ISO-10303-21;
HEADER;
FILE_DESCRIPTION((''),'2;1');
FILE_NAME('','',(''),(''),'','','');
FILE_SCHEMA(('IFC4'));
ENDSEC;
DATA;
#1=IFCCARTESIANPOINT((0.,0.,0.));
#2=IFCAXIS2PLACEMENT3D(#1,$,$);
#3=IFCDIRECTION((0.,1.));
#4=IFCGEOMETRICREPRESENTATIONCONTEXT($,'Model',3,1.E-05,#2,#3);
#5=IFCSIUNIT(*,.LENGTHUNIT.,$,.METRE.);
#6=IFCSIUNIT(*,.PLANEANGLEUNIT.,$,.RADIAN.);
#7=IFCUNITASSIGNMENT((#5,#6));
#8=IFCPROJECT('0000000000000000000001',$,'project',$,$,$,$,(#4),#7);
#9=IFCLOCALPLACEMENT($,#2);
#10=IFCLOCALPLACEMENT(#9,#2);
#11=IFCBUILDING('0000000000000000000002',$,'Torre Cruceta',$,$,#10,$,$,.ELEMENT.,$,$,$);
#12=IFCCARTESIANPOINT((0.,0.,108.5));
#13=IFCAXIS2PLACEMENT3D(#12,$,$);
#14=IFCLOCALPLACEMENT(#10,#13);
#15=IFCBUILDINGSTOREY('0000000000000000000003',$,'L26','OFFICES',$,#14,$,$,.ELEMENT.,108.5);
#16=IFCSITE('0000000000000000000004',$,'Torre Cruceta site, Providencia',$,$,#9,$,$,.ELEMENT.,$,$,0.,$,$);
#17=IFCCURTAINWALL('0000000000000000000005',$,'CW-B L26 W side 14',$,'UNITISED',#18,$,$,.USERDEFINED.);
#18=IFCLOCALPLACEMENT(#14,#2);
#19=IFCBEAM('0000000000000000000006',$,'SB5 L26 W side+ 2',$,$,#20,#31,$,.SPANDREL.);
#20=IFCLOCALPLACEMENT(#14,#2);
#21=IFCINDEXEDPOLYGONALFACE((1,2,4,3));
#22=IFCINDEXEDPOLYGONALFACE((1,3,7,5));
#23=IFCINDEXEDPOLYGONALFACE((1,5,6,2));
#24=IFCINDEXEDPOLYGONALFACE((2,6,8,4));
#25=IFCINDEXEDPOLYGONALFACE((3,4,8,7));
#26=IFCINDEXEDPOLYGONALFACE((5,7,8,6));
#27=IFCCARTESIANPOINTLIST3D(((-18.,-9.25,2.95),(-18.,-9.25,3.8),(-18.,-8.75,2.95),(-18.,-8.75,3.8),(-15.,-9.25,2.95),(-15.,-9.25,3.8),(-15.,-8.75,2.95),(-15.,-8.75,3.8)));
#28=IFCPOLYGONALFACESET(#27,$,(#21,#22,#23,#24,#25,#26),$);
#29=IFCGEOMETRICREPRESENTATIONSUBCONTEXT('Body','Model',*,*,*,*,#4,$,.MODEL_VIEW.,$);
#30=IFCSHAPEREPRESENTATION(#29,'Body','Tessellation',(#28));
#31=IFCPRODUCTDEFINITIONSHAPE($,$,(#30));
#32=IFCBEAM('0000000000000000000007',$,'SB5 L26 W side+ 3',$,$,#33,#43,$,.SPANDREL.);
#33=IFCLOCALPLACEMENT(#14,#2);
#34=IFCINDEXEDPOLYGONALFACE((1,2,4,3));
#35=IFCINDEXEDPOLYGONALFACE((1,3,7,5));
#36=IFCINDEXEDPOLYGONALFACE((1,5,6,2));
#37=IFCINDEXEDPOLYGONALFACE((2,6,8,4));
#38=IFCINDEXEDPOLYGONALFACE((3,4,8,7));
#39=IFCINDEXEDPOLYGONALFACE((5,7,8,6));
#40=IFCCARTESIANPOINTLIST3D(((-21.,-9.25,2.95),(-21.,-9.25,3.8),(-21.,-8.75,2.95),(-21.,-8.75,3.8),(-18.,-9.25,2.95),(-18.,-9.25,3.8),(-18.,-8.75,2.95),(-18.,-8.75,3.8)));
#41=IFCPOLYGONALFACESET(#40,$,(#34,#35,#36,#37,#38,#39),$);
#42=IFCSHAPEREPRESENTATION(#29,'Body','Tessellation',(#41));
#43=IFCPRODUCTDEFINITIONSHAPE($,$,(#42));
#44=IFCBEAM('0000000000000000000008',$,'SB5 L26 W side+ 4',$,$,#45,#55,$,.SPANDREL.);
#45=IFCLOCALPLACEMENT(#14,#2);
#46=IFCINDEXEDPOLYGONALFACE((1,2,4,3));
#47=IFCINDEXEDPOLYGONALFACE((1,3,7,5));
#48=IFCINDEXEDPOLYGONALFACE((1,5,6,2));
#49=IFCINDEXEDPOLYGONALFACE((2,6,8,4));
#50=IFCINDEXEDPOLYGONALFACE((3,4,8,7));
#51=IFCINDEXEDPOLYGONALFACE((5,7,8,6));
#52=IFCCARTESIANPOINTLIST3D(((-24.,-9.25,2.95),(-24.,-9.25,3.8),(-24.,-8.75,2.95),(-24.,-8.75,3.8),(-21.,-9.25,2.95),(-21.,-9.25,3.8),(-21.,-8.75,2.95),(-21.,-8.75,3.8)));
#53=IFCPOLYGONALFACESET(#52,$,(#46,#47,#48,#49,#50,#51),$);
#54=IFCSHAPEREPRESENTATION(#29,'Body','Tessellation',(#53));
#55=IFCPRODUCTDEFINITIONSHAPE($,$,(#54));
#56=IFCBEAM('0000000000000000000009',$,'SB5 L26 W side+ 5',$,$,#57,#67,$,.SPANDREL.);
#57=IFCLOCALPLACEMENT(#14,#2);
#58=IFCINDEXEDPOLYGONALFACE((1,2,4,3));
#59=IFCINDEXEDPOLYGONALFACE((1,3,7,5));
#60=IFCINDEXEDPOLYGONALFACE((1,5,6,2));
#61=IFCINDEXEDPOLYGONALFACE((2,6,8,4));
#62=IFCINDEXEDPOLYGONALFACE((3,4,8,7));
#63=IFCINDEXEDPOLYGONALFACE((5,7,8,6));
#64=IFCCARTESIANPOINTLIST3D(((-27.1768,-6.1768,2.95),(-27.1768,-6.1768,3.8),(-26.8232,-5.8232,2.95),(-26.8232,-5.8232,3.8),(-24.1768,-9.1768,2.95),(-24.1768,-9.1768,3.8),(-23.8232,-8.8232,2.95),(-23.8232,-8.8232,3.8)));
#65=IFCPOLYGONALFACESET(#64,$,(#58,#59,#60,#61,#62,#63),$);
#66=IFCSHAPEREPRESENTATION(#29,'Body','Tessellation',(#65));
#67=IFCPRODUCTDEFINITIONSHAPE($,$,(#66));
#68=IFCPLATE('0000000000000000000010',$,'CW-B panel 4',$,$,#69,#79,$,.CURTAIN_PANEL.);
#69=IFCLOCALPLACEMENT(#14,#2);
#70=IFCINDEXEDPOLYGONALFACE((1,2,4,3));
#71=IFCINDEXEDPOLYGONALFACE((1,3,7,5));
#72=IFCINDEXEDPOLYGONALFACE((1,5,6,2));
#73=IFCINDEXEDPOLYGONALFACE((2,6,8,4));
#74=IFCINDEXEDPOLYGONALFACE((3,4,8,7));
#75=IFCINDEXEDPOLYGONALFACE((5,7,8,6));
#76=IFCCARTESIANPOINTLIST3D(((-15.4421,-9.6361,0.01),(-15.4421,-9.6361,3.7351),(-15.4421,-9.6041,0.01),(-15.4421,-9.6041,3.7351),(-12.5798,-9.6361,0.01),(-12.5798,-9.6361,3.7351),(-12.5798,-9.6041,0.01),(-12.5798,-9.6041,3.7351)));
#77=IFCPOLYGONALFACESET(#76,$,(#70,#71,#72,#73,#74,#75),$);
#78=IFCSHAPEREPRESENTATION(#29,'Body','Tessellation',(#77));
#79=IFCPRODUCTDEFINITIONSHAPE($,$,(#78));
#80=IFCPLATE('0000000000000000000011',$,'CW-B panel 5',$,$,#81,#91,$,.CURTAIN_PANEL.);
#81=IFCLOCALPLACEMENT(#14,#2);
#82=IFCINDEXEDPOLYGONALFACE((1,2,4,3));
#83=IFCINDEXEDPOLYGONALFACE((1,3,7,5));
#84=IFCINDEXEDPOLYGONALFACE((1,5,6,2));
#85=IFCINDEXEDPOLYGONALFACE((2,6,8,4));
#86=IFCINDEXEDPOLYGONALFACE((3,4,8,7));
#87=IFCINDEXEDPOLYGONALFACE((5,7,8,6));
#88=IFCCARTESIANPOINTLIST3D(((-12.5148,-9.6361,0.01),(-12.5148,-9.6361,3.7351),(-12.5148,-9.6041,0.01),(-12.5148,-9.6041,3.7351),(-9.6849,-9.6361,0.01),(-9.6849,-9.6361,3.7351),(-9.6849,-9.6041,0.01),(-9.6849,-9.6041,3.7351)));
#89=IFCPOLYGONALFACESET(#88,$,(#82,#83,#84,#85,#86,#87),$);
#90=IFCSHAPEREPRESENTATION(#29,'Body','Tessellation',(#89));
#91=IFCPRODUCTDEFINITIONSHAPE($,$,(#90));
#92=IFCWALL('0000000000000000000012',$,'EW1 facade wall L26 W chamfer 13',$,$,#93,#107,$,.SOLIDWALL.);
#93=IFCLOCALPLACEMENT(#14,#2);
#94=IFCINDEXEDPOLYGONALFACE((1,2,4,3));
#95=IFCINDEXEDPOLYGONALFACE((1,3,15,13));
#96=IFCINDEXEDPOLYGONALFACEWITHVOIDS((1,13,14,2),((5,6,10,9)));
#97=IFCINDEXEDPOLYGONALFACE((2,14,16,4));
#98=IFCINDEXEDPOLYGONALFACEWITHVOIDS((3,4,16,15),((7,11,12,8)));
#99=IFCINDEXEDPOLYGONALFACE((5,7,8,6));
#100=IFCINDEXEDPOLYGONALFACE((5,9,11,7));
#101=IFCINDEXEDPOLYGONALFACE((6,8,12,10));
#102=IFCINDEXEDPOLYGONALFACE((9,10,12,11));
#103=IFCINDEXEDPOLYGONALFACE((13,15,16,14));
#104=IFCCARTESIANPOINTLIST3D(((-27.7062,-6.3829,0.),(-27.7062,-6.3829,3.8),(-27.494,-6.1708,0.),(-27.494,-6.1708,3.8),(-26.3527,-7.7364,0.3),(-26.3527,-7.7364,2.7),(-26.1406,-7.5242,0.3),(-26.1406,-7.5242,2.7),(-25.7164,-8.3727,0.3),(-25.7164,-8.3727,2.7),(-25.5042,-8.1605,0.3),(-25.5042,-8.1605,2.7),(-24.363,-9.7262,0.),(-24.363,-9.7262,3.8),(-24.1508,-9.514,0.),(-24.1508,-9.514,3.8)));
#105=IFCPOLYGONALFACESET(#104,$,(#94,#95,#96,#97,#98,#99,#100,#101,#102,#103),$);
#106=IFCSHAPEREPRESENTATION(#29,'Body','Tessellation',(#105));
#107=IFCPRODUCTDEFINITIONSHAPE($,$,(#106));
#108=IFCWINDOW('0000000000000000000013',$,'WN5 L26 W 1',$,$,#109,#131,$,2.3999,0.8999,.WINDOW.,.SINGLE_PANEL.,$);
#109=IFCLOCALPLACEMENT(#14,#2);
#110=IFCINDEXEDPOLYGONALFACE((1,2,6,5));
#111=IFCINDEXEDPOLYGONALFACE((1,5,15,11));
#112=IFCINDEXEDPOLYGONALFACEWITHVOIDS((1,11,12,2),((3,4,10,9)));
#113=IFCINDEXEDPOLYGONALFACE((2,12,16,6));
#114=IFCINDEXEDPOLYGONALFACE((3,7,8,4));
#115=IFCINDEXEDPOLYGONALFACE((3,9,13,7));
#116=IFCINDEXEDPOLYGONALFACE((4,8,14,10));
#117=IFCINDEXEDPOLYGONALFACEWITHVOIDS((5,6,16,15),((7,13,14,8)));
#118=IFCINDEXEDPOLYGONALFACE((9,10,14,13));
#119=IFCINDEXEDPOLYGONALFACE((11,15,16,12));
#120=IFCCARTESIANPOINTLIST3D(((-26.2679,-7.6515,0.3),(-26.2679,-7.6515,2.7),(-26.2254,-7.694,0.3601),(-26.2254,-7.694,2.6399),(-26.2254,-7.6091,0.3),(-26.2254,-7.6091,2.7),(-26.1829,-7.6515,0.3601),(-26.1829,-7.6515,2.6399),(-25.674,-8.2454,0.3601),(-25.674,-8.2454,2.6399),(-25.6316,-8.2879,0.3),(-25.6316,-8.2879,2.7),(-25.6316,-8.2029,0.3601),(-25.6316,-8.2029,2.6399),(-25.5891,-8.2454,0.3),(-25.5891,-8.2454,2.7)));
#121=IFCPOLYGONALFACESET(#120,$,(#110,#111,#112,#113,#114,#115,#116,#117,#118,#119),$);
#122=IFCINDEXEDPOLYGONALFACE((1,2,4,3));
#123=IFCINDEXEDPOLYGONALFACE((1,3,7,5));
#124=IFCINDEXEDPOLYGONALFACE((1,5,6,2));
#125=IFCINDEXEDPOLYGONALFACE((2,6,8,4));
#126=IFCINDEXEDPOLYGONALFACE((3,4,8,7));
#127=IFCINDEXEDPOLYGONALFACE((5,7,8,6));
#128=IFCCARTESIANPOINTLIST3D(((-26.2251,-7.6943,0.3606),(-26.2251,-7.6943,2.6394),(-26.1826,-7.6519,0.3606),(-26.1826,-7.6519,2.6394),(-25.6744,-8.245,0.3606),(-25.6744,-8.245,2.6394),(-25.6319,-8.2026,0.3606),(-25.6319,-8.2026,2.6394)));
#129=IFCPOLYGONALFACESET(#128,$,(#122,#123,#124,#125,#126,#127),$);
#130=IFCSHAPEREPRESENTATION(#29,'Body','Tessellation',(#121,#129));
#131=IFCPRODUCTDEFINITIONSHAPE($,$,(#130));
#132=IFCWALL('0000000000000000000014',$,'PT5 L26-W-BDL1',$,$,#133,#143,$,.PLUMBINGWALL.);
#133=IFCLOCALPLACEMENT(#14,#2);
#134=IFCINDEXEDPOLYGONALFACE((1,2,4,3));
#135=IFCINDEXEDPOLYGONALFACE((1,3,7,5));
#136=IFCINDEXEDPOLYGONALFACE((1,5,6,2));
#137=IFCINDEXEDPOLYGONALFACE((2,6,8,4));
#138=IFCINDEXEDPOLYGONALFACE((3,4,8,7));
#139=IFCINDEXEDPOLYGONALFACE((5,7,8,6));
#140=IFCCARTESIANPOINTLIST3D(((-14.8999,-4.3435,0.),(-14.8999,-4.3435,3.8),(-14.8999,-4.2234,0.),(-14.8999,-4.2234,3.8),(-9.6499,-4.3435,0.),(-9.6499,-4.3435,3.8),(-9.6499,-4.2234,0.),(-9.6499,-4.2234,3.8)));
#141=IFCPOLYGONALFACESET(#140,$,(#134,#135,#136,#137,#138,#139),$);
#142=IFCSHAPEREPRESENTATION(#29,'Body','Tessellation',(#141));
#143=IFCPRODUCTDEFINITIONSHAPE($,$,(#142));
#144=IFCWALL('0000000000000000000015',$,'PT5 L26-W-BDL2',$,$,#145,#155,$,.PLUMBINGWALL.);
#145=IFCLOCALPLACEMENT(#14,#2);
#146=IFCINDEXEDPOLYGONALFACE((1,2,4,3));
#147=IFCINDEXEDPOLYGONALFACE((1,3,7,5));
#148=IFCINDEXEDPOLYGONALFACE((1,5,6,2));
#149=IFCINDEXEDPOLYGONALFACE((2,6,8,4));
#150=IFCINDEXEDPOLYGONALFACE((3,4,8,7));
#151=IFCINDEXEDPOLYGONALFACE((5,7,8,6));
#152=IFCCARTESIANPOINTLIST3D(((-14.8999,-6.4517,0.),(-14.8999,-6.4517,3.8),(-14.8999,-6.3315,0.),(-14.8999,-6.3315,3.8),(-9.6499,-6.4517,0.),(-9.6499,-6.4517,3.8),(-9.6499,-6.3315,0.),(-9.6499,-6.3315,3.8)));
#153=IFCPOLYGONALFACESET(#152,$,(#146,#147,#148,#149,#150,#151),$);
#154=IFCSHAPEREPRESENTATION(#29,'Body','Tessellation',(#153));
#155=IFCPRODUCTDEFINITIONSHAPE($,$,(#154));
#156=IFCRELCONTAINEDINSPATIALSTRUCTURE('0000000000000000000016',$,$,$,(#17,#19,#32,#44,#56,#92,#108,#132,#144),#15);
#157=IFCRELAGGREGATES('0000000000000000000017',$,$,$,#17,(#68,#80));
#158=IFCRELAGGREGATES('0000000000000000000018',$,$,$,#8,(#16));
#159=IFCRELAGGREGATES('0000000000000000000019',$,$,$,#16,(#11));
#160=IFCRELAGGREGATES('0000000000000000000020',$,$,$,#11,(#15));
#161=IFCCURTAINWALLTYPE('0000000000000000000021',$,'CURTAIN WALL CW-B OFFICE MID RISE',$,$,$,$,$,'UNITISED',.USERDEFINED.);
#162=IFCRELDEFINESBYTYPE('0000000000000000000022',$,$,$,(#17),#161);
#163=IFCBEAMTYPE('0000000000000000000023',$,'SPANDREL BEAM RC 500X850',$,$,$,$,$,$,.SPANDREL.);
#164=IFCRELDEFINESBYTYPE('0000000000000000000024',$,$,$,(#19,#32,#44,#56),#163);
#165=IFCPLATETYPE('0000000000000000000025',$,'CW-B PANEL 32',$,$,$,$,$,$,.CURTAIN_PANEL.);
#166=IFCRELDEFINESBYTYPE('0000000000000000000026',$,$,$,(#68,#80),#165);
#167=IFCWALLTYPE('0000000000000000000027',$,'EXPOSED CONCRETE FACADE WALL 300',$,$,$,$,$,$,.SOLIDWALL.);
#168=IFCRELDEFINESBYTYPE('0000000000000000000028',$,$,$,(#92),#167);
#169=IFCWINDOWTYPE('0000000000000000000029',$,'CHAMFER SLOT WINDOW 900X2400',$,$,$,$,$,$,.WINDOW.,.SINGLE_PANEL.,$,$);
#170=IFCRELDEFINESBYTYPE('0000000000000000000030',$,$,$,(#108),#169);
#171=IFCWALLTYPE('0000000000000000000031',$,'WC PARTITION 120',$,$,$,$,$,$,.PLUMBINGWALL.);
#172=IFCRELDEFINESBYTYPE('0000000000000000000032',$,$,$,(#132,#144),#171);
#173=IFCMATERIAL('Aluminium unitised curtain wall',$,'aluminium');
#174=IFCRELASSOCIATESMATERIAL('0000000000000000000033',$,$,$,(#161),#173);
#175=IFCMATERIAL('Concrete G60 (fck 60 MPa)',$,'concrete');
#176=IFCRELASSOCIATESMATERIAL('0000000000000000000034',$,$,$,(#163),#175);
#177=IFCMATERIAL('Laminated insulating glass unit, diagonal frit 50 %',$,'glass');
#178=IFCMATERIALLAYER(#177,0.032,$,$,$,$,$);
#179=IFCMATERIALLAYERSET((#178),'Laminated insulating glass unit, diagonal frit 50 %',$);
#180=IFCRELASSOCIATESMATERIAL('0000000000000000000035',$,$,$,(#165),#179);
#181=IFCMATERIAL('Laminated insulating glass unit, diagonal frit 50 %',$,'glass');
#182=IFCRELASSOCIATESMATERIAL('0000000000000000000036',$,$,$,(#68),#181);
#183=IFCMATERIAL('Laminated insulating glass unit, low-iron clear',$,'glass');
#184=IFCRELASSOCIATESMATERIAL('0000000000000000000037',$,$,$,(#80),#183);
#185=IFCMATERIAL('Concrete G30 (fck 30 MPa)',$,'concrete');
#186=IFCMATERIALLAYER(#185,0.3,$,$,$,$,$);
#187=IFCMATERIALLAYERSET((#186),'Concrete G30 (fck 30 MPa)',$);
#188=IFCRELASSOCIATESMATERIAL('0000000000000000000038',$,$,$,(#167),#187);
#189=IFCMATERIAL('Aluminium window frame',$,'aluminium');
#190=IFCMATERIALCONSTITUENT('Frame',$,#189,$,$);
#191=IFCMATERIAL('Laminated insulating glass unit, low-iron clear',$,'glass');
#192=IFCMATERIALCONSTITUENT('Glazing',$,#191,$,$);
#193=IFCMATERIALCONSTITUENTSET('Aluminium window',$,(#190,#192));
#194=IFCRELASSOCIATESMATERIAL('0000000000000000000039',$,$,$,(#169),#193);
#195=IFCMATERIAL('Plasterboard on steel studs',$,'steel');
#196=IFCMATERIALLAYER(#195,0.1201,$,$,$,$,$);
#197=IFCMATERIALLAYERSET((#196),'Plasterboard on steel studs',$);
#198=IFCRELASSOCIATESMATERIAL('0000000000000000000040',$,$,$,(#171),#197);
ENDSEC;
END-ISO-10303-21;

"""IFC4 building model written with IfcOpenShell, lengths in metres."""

from ifc_helpers import new_model, si_unit, direction, frame, frame_2d, origin, origin_2d, place, context, subcontext, project, spatial, rectangle, hollow_rectangle, extrude, material, layer, layer_set, constituent, constituent_set, material_profile, profile_set, type_object, element, fill, aggregate, save


model = new_model("IFC4")

# Units and contexts
model_context = context("Model", 3, precision=1e-05, world=origin(), true_north=direction((0.0, 1.0)))
body_context = subcontext(model_context, "Body", "Model", "MODEL_VIEW")
ifc_project = project(units=[si_unit("LENGTHUNIT", "METRE"), si_unit("PLANEANGLEUNIT", "RADIAN")], contexts=[model_context])

# Site, building, storey
site_placement = place(None, origin())
site = spatial("IfcSite", under=ifc_project, at=site_placement, Name="Torre Cruceta site, Providencia", CompositionType="ELEMENT", RefElevation=0.0)
building_placement = place(site_placement, origin())
building = spatial("IfcBuilding", under=site, at=building_placement, Name="Torre Cruceta", CompositionType="ELEMENT")
storey_placement = place(building_placement, frame((0.0, 0.0, 108.5)))
storey = spatial("IfcBuildingStorey", under=building, at=storey_placement, Name="L26", Description="OFFICES", CompositionType="ELEMENT", Elevation=108.5)

# Curtain wall
ifc_material_1 = material(Name="Aluminium unitised curtain wall", Category="aluminium")
curtain_wall_type = type_object("IfcCurtainWallType", Name="CURTAIN WALL CW-B OFFICE MID RISE", ElementType="UNITISED", PredefinedType="USERDEFINED", material=ifc_material_1)
curtain_wall_placement = place(storey_placement, origin())
curtain_wall = element("IfcCurtainWall", 1, at=curtain_wall_placement, inside=storey, type_object=curtain_wall_type, Name="CW-B L26 W side 14", ObjectType="UNITISED", PredefinedType="USERDEFINED")

# Beams
ifc_material_2 = material(Name="Concrete G60 (fck 60 MPa)", Category="concrete")
ifc_material_profile_1 = material_profile(ifc_material_2, rectangle(XDim=0.5, YDim=0.8501, at=origin_2d()), Name="RC 500X850")
ifc_profile_set_1 = profile_set([ifc_material_profile_1], Name="Concrete G60 (fck 60 MPa)")
beam_type_1 = type_object("IfcBeamType", Name="SPANDREL BEAM RC 500X850", PredefinedType="SPANDREL", material=ifc_profile_set_1)
for number, where, z_axis, x_axis, name in (
    (2, (-15.0, -9.0, 3.375), (-1.0, 0.0, 0.0), (0.0, -1.0, 0.0), "SB5 L26 W side+ 2"),
    (3, (-18.0, -9.0, 3.375), (-1.0, 0.0, 0.0), (0.0, -1.0, 0.0), "SB5 L26 W side+ 3"),
    (4, (-21.0, -9.0, 3.375), (-1.0, 0.0, 0.0), (0.0, -1.0, 0.0), "SB5 L26 W side+ 4"),
):
    element("IfcBeam", number, at=place(storey_placement, frame(where, z_axis=z_axis, x_axis=x_axis)), inside=storey, type_object=beam_type_1, Name=name, PredefinedType="SPANDREL", context=body_context, shape_type="SweptSolid", body=[
        extrude(rectangle(XDim=0.5, YDim=0.8501, at=origin_2d()), origin(), (0.0, 0.0, 1.0), 3.0),
    ])
beam_1_placement = place(storey_placement, frame((-24.0, -9.0, 3.375), z_axis=(-0.707107, 0.707107, 0.0), x_axis=(-0.707107, -0.707107, 0.0)))
element("IfcBeam", 5, at=beam_1_placement, inside=storey, type_object=beam_type_1, Name="SB5 L26 W side+ 5", PredefinedType="SPANDREL", context=body_context, shape_type="SweptSolid", body=[
    extrude(rectangle(XDim=0.5, YDim=0.8501, at=origin_2d()), origin(), (0.0, 0.0, 1.0), 4.2427),
])

# Plates
ifc_material_3 = material(Name="Laminated insulating glass unit, diagonal frit 50 %", Category="glass")
ifc_material_4 = material(Name="Laminated insulating glass unit, diagonal frit 50 %", Category="glass")
ifc_layer_1 = layer(ifc_material_4, 0.032)
ifc_layer_set_1 = layer_set([ifc_layer_1], Name="Laminated insulating glass unit, diagonal frit 50 %")
plate_type = type_object("IfcPlateType", Name="CW-B PANEL 32", PredefinedType="CURTAIN_PANEL", material=ifc_layer_set_1)
plate_1_placement = place(storey_placement, frame((-14.011, -9.6201, 0.01), z_axis=(0.0, 0.0, 1.0), x_axis=(1.0, 0.0, 0.0)))
plate_1 = element("IfcPlate", 6, at=plate_1_placement, type_object=plate_type, material=ifc_material_3, Name="CW-B panel 4", PredefinedType="CURTAIN_PANEL", context=body_context, shape_type="SweptSolid", body=[
    extrude(rectangle(XDim=2.8623, YDim=0.032, at=origin_2d()), origin(), (0.0, 0.0, 1.0), 3.7251),
])
ifc_material_5 = material(Name="Laminated insulating glass unit, low-iron clear", Category="glass")
plate_2_placement = place(storey_placement, frame((-11.0999, -9.6201, 0.01), z_axis=(0.0, 0.0, 1.0), x_axis=(1.0, 0.0, 0.0)))
plate_2 = element("IfcPlate", 7, at=plate_2_placement, type_object=plate_type, material=ifc_material_5, Name="CW-B panel 5", PredefinedType="CURTAIN_PANEL", context=body_context, shape_type="SweptSolid", body=[
    extrude(rectangle(XDim=2.8298, YDim=0.032, at=origin_2d()), origin(), (0.0, 0.0, 1.0), 3.7251),
])
aggregate(curtain_wall, [plate_1, plate_2])

# Wall, opening, window
ifc_material_6 = material(Name="Concrete G30 (fck 30 MPa)", Category="concrete")
ifc_layer_2 = layer(ifc_material_6, 0.3)
ifc_layer_set_2 = layer_set([ifc_layer_2], Name="Concrete G30 (fck 30 MPa)")
wall_type_1 = type_object("IfcWallType", Name="EXPOSED CONCRETE FACADE WALL 300", PredefinedType="SOLIDWALL", material=ifc_layer_set_2)
wall_placement = place(storey_placement, frame((-27.6001, -6.2769, 0.0), z_axis=(0.0, 0.0, 1.0), x_axis=(0.707107, -0.707107, 0.0)))
wall = element("IfcWall", 8, at=wall_placement, inside=storey, type_object=wall_type_1, Name="EW1 facade wall L26 W chamfer 13", PredefinedType="SOLIDWALL", context=body_context, shape_type="SweptSolid", body=[
    extrude(rectangle(XDim=4.728, YDim=0.3, at=frame_2d((2.364, 0.0))), origin(), (0.0, 0.0, 1.0), 3.8),
])
opening_placement = place(wall_placement, frame((1.9141, 0.0, 0.3)))
opening = element("IfcOpeningElement", 9, at=opening_placement, cuts=wall, PredefinedType="OPENING", context=body_context, shape_type="SweptSolid", body=[
    extrude(rectangle(XDim=0.8999, YDim=2.3999, at=frame_2d((0.45, 1.2))), frame((0.0, 0.1599, 0.0), z_axis=(0.0, -1.0, 0.0), x_axis=(1.0, 0.0, 0.0)), (0.0, 0.0, 1.0), 0.3201),
])
ifc_material_7 = material(Name="Aluminium window frame", Category="aluminium")
ifc_constituent_1 = constituent(ifc_material_7, Name="Frame")
ifc_material_8 = material(Name="Laminated insulating glass unit, low-iron clear", Category="glass")
ifc_constituent_2 = constituent(ifc_material_8, Name="Glazing")
ifc_constituent_set = constituent_set(constituents=[ifc_constituent_1, ifc_constituent_2], Name="Aluminium window")
window_type = type_object("IfcWindowType", Name="CHAMFER SLOT WINDOW 900X2400", PartitioningType="SINGLE_PANEL", PredefinedType="WINDOW", material=ifc_constituent_set)
window_placement = place(opening_placement, origin())
window = element("IfcWindow", 10, at=window_placement, inside=storey, type_object=window_type, Name="WN5 L26 W 1", OverallHeight=2.3999, OverallWidth=0.8999, PartitioningType="SINGLE_PANEL", PredefinedType="WINDOW", context=body_context, shape_type="SweptSolid", body=[
    extrude(hollow_rectangle(XDim=0.8999, YDim=2.3999, WallThickness=0.0601, at=frame_2d((0.45, 1.2))), frame((0.0, 0.03, 0.0), z_axis=(0.0, -1.0, 0.0), x_axis=(1.0, 0.0, 0.0)), (0.0, 0.0, 1.0), 0.0601),
    extrude(rectangle(XDim=0.7788, YDim=2.2788, at=frame_2d((0.45, 1.2))), frame((0.0, 0.03, 0.0), z_axis=(0.0, -1.0, 0.0), x_axis=(1.0, 0.0, 0.0)), (0.0, 0.0, 1.0), 0.0601),
])
fill(opening, window)

# Walls
ifc_material_9 = material(Name="Plasterboard on steel studs", Category="steel")
ifc_layer_3 = layer(ifc_material_9, 0.1201)
ifc_layer_set_3 = layer_set([ifc_layer_3], Name="Plasterboard on steel studs")
wall_type_2 = type_object("IfcWallType", Name="WC PARTITION 120", PredefinedType="PLUMBINGWALL", material=ifc_layer_set_3)
for number, where, z_axis, x_axis, name in (
    (11, (-9.6499, -4.2834, 0.0), (0.0, 0.0, 1.0), (-1.0, 0.0, 0.0), "PT5 L26-W-BDL1"),
    (12, (-9.6499, -6.3916, 0.0), (0.0, 0.0, 1.0), (-1.0, 0.0, 0.0), "PT5 L26-W-BDL2"),
):
    element("IfcWall", number, at=place(storey_placement, frame(where, z_axis=z_axis, x_axis=x_axis)), inside=storey, type_object=wall_type_2, Name=name, PredefinedType="PLUMBINGWALL", context=body_context, shape_type="SweptSolid", body=[
        extrude(rectangle(XDim=5.25, YDim=0.1201, at=frame_2d((2.625, 0.0))), origin(), (0.0, 0.0, 1.0), 3.8),
    ])

save(model, "model.ifc")
